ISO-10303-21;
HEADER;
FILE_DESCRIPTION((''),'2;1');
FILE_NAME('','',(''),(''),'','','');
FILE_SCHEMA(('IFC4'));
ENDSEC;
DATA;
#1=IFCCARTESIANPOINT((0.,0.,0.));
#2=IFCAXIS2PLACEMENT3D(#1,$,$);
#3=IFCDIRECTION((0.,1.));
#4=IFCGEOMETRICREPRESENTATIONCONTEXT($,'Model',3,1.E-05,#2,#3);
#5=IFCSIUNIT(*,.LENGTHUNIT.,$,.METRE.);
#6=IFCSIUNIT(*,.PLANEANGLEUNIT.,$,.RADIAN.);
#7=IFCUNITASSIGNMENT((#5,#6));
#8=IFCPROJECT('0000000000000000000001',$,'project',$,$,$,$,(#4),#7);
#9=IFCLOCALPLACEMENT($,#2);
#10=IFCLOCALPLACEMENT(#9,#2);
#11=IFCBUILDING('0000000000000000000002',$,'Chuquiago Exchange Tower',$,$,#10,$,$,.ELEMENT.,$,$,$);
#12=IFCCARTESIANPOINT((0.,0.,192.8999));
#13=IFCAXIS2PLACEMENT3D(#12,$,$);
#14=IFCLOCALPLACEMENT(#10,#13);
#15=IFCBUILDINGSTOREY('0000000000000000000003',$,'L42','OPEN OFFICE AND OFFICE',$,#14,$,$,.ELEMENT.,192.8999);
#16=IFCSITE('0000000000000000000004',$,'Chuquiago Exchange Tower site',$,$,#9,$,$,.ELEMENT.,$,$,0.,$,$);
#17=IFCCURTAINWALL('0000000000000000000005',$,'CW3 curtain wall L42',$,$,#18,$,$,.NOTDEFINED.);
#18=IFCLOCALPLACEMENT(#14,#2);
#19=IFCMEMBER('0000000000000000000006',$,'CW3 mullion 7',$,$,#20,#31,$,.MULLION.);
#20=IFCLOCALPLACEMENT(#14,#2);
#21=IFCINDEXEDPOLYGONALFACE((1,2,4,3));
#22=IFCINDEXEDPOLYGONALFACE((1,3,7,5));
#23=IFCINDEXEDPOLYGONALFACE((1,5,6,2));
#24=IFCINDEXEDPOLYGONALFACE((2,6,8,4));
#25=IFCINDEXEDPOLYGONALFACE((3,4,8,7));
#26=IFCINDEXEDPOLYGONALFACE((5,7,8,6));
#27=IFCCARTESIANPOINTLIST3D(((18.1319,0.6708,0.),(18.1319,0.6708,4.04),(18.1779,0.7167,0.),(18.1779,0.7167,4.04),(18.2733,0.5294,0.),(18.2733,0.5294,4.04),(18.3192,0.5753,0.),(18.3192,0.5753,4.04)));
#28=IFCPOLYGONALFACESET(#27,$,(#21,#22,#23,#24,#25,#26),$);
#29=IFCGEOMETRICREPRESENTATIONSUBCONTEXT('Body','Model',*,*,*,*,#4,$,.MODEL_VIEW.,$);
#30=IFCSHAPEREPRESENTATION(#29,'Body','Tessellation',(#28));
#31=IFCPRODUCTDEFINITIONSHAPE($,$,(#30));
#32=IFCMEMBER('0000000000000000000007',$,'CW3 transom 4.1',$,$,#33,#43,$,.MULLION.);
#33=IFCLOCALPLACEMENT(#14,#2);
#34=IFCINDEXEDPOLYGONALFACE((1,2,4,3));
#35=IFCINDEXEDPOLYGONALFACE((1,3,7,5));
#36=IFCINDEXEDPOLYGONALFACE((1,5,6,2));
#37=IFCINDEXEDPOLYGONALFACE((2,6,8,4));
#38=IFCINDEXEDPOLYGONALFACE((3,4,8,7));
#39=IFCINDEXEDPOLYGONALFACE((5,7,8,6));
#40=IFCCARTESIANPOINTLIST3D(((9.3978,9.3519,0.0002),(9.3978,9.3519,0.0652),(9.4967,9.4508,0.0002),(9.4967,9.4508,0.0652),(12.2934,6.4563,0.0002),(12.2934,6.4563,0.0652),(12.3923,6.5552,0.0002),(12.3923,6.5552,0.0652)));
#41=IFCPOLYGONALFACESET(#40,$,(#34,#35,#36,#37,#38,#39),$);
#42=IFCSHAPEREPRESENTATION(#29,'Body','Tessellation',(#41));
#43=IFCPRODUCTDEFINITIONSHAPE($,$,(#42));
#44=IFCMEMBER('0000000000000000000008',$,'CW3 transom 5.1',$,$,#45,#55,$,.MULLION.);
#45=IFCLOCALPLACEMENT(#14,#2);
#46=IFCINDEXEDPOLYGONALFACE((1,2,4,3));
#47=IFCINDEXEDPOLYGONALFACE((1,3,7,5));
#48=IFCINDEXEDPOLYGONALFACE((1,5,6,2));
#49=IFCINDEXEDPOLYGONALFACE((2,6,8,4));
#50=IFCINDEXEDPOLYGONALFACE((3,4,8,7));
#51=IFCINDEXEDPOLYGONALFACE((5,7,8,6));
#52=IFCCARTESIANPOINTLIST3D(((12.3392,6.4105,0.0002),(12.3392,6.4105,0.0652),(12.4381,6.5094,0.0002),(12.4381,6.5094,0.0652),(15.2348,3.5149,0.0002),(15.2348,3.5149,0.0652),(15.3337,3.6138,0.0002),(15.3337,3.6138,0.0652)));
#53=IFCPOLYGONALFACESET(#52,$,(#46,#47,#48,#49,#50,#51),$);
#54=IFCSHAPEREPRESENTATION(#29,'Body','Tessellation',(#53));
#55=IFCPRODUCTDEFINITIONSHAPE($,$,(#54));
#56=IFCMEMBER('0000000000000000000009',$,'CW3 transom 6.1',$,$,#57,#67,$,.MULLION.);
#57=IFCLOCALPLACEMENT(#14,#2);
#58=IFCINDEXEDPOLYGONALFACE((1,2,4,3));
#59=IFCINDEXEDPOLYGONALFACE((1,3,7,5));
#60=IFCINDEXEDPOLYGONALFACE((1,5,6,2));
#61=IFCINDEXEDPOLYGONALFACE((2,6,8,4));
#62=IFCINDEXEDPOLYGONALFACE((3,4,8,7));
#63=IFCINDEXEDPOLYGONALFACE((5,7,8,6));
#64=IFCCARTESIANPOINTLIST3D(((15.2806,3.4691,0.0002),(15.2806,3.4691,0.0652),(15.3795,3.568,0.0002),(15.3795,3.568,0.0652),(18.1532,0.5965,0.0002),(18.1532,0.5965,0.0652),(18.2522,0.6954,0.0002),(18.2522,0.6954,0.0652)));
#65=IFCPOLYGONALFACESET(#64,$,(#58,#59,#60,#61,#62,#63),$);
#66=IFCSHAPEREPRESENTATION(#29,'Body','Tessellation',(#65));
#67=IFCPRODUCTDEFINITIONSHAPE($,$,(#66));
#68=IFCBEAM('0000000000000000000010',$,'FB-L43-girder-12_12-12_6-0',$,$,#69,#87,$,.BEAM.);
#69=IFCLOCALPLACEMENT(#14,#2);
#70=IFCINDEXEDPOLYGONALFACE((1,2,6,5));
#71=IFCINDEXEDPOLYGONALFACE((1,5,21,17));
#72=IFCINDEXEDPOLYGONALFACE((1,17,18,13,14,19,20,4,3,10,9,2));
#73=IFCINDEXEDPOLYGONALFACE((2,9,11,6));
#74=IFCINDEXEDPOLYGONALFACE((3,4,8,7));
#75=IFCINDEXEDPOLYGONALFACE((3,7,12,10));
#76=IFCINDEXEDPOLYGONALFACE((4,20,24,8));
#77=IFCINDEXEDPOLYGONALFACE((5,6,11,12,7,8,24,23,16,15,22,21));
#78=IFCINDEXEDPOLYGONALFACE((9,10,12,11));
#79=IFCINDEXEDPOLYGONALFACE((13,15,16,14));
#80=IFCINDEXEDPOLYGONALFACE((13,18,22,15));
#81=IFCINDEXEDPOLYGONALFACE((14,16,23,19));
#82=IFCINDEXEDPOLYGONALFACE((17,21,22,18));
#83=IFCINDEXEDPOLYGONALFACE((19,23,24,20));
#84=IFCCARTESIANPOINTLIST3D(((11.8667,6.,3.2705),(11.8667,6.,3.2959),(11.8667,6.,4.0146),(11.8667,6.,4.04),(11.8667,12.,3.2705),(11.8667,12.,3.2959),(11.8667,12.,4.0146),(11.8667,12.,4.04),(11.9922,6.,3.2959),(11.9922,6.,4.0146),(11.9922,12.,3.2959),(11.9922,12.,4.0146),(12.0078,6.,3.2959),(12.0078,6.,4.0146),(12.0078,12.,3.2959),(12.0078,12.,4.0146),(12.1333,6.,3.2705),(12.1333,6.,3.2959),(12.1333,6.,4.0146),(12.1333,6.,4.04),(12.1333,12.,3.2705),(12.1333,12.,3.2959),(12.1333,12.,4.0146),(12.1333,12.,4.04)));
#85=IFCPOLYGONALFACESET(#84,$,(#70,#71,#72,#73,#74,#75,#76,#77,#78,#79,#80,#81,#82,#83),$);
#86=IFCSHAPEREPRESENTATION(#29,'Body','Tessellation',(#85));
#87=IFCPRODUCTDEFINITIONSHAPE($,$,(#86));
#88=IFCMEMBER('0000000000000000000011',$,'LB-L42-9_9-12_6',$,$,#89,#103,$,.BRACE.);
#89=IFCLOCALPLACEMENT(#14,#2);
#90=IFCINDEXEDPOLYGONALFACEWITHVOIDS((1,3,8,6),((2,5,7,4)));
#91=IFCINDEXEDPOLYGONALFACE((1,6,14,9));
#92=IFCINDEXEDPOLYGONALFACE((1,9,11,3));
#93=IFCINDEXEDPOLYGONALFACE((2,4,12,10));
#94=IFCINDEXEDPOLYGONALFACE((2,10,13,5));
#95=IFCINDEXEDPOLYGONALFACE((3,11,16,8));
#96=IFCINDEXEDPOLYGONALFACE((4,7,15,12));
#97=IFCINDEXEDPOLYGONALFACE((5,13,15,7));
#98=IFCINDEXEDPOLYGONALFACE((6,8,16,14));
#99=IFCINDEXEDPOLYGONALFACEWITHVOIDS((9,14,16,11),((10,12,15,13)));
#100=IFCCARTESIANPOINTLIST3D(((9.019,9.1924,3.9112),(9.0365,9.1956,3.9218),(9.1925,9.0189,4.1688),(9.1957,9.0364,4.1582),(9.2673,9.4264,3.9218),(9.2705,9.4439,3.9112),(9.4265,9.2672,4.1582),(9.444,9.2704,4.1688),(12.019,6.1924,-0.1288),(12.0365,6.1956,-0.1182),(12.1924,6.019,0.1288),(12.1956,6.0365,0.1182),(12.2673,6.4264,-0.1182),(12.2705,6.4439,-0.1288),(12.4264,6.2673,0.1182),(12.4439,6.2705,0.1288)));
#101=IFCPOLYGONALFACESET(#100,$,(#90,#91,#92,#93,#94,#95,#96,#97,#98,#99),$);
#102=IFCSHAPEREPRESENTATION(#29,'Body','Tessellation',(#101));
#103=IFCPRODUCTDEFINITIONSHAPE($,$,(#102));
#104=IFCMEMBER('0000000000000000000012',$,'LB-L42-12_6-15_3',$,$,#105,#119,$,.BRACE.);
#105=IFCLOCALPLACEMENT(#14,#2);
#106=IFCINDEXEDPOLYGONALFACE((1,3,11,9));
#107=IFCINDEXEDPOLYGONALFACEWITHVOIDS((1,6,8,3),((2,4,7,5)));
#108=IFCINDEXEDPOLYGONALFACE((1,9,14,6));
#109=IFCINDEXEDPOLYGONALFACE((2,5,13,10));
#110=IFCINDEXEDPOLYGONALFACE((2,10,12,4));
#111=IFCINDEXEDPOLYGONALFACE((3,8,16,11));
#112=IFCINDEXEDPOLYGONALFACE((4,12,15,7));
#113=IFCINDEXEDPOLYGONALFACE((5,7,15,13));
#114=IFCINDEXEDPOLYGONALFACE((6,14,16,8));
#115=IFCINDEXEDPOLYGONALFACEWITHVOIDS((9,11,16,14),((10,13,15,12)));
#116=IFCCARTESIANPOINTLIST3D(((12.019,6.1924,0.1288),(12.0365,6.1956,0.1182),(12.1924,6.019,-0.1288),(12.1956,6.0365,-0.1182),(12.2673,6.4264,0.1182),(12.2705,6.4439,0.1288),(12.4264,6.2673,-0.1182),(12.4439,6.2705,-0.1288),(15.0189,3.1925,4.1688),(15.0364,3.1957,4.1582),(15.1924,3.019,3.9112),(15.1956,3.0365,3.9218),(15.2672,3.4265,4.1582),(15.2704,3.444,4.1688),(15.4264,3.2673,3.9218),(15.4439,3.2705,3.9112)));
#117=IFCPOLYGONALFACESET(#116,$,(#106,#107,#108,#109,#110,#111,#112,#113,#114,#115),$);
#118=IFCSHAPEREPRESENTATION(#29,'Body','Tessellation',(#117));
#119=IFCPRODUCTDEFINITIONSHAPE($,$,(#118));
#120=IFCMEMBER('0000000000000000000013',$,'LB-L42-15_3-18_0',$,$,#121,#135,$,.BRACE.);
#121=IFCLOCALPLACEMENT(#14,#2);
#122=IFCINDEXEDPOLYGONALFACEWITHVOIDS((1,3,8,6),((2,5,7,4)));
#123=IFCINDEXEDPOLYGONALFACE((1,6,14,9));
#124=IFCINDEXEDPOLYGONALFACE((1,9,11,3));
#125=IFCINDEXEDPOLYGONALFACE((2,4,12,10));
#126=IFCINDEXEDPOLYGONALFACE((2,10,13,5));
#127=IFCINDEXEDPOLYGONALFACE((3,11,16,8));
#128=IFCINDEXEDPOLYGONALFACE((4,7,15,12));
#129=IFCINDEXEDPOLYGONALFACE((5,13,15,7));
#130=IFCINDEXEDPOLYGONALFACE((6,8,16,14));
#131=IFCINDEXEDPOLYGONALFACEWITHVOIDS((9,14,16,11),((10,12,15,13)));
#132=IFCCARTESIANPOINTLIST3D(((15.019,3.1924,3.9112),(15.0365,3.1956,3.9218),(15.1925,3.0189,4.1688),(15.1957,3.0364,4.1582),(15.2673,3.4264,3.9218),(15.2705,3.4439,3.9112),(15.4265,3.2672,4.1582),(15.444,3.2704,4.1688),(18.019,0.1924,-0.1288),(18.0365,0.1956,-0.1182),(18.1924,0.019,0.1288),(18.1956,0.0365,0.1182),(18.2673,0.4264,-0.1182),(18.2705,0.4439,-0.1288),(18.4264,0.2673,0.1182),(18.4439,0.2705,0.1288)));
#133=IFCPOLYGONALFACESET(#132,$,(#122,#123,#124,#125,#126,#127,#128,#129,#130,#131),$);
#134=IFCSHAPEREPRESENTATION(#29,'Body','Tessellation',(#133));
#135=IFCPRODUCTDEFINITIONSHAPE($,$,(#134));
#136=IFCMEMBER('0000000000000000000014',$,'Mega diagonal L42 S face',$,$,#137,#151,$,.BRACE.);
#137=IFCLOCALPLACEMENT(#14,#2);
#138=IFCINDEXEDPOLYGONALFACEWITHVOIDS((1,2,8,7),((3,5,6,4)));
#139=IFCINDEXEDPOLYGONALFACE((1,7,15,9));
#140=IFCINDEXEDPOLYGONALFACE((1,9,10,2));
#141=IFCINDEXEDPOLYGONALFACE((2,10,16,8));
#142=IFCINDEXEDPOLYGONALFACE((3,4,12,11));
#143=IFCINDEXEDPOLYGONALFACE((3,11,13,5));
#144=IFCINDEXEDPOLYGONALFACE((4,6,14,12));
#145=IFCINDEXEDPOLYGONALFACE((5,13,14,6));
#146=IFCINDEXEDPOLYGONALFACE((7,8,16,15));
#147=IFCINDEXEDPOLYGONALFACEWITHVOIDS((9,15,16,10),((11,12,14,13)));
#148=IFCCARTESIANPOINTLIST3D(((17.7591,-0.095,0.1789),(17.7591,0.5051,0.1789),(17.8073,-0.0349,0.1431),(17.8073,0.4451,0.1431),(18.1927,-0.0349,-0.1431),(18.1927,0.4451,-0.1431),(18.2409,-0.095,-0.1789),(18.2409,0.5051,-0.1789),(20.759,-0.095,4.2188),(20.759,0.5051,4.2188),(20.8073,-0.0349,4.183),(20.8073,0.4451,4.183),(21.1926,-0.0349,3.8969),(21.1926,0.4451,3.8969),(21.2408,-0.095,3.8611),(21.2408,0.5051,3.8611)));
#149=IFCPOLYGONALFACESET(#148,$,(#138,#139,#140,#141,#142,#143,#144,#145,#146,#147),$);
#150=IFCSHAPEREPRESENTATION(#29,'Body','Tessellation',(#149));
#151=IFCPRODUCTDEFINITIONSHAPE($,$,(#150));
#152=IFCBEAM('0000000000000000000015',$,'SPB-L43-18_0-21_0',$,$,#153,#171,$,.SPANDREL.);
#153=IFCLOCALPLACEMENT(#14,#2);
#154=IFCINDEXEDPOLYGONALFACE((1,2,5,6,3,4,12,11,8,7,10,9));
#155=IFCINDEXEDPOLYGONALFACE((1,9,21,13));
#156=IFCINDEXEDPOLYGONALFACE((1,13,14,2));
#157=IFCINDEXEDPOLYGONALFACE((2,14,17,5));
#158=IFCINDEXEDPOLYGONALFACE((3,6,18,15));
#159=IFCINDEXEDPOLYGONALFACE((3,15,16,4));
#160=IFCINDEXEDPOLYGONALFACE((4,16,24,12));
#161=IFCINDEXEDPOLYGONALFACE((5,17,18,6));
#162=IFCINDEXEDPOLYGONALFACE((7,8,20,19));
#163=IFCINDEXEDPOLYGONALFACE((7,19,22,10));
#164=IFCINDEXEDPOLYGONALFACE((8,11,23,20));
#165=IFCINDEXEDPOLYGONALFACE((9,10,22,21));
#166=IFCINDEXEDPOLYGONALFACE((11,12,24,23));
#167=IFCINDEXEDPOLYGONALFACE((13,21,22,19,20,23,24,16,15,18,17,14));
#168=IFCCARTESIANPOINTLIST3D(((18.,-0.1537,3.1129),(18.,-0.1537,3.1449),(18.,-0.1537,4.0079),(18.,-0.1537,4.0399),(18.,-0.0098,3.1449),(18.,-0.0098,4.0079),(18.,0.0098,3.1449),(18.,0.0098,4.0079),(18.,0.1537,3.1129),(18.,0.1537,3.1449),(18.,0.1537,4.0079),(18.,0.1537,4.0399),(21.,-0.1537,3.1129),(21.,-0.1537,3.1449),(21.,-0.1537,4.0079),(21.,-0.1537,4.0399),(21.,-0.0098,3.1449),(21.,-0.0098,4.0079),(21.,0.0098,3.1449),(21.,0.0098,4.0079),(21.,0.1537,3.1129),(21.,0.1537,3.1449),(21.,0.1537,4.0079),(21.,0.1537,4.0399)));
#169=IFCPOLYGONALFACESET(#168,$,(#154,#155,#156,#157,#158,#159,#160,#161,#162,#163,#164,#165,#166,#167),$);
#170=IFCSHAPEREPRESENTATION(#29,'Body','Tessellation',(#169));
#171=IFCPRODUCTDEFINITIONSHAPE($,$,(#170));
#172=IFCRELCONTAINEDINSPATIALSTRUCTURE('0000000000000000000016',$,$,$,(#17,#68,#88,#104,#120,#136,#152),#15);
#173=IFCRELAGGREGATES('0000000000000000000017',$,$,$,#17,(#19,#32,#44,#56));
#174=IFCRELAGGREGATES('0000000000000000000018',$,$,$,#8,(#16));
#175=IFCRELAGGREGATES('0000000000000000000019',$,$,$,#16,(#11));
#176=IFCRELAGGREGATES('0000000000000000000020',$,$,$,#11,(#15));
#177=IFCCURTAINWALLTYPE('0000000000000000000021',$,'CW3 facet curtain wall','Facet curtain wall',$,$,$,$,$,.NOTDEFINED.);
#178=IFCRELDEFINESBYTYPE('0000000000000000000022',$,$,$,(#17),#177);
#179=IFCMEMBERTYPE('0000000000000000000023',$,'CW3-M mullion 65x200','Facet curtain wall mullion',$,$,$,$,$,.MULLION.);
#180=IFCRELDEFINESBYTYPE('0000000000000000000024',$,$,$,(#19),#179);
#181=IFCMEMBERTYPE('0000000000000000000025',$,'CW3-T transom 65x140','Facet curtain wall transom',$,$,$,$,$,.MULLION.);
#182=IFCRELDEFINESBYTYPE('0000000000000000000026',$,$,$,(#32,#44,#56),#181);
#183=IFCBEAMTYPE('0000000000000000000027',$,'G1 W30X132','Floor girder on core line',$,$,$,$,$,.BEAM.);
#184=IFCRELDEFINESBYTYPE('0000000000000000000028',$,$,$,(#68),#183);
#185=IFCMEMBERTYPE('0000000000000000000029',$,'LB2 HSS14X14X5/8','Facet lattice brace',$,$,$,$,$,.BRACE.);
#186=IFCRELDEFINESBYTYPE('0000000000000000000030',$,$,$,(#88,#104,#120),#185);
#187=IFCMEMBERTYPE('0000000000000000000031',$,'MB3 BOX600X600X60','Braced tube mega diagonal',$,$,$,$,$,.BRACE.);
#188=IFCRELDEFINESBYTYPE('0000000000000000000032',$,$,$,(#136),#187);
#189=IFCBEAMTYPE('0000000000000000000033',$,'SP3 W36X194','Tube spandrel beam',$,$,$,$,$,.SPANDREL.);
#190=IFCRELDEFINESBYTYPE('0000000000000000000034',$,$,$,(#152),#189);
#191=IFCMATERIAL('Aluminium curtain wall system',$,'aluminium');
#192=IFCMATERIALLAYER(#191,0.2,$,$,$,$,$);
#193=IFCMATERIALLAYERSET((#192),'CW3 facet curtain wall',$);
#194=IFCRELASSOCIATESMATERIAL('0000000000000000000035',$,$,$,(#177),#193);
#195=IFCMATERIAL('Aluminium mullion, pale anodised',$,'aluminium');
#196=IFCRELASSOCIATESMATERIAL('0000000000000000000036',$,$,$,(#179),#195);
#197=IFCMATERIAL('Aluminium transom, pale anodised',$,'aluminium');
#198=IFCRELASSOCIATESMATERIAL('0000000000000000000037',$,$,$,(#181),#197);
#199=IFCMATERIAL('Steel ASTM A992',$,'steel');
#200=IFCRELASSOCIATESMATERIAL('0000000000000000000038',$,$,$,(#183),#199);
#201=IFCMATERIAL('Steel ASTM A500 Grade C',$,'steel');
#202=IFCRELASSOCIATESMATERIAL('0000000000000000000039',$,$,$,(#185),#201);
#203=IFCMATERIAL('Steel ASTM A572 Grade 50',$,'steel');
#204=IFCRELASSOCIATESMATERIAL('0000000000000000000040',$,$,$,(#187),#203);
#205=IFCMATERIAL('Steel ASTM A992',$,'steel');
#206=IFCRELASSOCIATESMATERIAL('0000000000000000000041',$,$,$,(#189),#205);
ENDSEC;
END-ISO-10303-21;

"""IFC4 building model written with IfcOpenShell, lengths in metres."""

from ifc_helpers import new_model, si_unit, direction, frame, origin, origin_2d, place, context, subcontext, project, spatial, rectangle, hollow_rectangle, i_section, extrude, material, layer, layer_set, material_profile, profile_set, type_object, element, aggregate, save


model = new_model("IFC4")

# Units and contexts
model_context = context("Model", 3, precision=1e-05, world=origin(), true_north=direction((0.0, 1.0)))
body_context = subcontext(model_context, "Body", "Model", "MODEL_VIEW")
ifc_project = project(units=[si_unit("LENGTHUNIT", "METRE"), si_unit("PLANEANGLEUNIT", "RADIAN")], contexts=[model_context])

# Site, building, storey
site_placement = place(None, origin())
site = spatial("IfcSite", under=ifc_project, at=site_placement, Name="Chuquiago Exchange Tower site", CompositionType="ELEMENT", RefElevation=0.0)
building_placement = place(site_placement, origin())
building = spatial("IfcBuilding", under=site, at=building_placement, Name="Chuquiago Exchange Tower", CompositionType="ELEMENT")
storey_placement = place(building_placement, frame((0.0, 0.0, 192.8999)))
storey = spatial("IfcBuildingStorey", under=building, at=storey_placement, Name="L42", Description="OPEN OFFICE AND OFFICE", CompositionType="ELEMENT", Elevation=192.8999)

# Curtain wall, members
ifc_material_1 = material(Name="Aluminium curtain wall system", Category="aluminium")
ifc_layer_1 = layer(ifc_material_1, 0.2)
ifc_layer_set_1 = layer_set([ifc_layer_1], Name="CW3 facet curtain wall")
curtain_wall_type = type_object("IfcCurtainWallType", Name="CW3 facet curtain wall", Description="Facet curtain wall", PredefinedType="NOTDEFINED", material=ifc_layer_set_1)
curtain_wall_placement = place(storey_placement, origin())
curtain_wall = element("IfcCurtainWall", 1, at=curtain_wall_placement, inside=storey, type_object=curtain_wall_type, Name="CW3 curtain wall L42", PredefinedType="NOTDEFINED")
ifc_material_2 = material(Name="Aluminium mullion, pale anodised", Category="aluminium")
ifc_material_profile_1 = material_profile(ifc_material_2, rectangle(XDim=0.0649, YDim=0.2, at=origin_2d()), Name="AL 65x200")
ifc_profile_set_1 = profile_set([ifc_material_profile_1], Name="Aluminium mullion, pale anodised")
member_type_1 = type_object("IfcMemberType", Name="CW3-M mullion 65x200", Description="Facet curtain wall mullion", PredefinedType="MULLION", material=ifc_profile_set_1)
member_1_placement = place(storey_placement, frame((18.2256, 0.623, 0.0), z_axis=(0.0, 0.0, 1.0), x_axis=(0.707107, 0.707107, 0.0)))
member_1 = element("IfcMember", 2, at=member_1_placement, type_object=member_type_1, Name="CW3 mullion 7", PredefinedType="MULLION", context=body_context, shape_type="SweptSolid", body=[
    extrude(rectangle(XDim=0.0649, YDim=0.2, at=origin_2d()), origin(), (0.0, 0.0, 1.0), 4.04),
])
ifc_material_3 = material(Name="Aluminium transom, pale anodised", Category="aluminium")
ifc_material_profile_2 = material_profile(ifc_material_3, rectangle(XDim=0.1399, YDim=0.0649, at=origin_2d()), Name="AL 140x65")
ifc_profile_set_2 = profile_set([ifc_material_profile_2], Name="Aluminium transom, pale anodised")
member_type_2 = type_object("IfcMemberType", Name="CW3-T transom 65x140", Description="Facet curtain wall transom", PredefinedType="MULLION", material=ifc_profile_set_2)
member_2_placement = place(storey_placement, frame((9.4473, 9.4014, 0.0327), z_axis=(0.707107, -0.707107, 0.0), x_axis=(0.707107, 0.707107, 0.0)))
member_2 = element("IfcMember", 3, at=member_2_placement, type_object=member_type_2, Name="CW3 transom 4.1", PredefinedType="MULLION", context=body_context, shape_type="SweptSolid", body=[
    extrude(rectangle(XDim=0.1399, YDim=0.0649, at=origin_2d()), origin(), (0.0, 0.0, 1.0), 4.095),
])
member_3_placement = place(storey_placement, frame((12.3887, 6.46, 0.0327), z_axis=(0.707107, -0.707107, 0.0), x_axis=(0.707107, 0.707107, 0.0)))
member_3 = element("IfcMember", 4, at=member_3_placement, type_object=member_type_2, Name="CW3 transom 5.1", PredefinedType="MULLION", context=body_context, shape_type="SweptSolid", body=[
    extrude(rectangle(XDim=0.1399, YDim=0.0649, at=origin_2d()), origin(), (0.0, 0.0, 1.0), 4.095),
])
member_4_placement = place(storey_placement, frame((15.3301, 3.5186, 0.0327), z_axis=(0.707107, -0.707107, 0.0), x_axis=(0.707107, 0.707107, 0.0)))
member_4 = element("IfcMember", 5, at=member_4_placement, type_object=member_type_2, Name="CW3 transom 6.1", PredefinedType="MULLION", context=body_context, shape_type="SweptSolid", body=[
    extrude(rectangle(XDim=0.1399, YDim=0.0649, at=origin_2d()), origin(), (0.0, 0.0, 1.0), 4.0625),
])

# Beam
ifc_material_4 = material(Name="Steel ASTM A992", Category="steel")
ifc_material_profile_3 = material_profile(ifc_material_4, i_section(OverallWidth=0.2666, OverallDepth=0.7695, WebThickness=0.0156, FlangeThickness=0.0254, at=origin_2d()), Name="W30X132")
ifc_profile_set_3 = profile_set([ifc_material_profile_3], Name="Steel ASTM A992")
beam_type_1 = type_object("IfcBeamType", Name="G1 W30X132", Description="Floor girder on core line", PredefinedType="BEAM", material=ifc_profile_set_3)
beam_1_placement = place(storey_placement, frame((12.0, 12.0, 3.6553), z_axis=(0.0, -1.0, 0.0), x_axis=(1.0, 0.0, 0.0)))
element("IfcBeam", 6, at=beam_1_placement, inside=storey, type_object=beam_type_1, Name="FB-L43-girder-12_12-12_6-0", PredefinedType="BEAM", context=body_context, shape_type="SweptSolid", body=[
    extrude(i_section(OverallWidth=0.2666, OverallDepth=0.7695, WebThickness=0.0156, FlangeThickness=0.0254, at=origin_2d()), origin(), (0.0, 0.0, 1.0), 6.0),
])

# Members
ifc_material_5 = material(Name="Steel ASTM A500 Grade C", Category="steel")
ifc_material_profile_4 = material_profile(ifc_material_5, hollow_rectangle(XDim=0.3557, YDim=0.3557, WallThickness=0.0146, at=origin_2d()), Name="HSS14X14X5/8")
ifc_profile_set_4 = profile_set([ifc_material_profile_4], Name="Steel ASTM A500 Grade C")
member_type_3 = type_object("IfcMemberType", Name="LB2 HSS14X14X5/8", Description="Facet lattice brace", PredefinedType="BRACE", material=ifc_profile_set_4)
for number, where, z_axis, x_axis, name in (
    (7, (12.2314, 6.2314, 0.0), (-0.512077, 0.512077, 0.689604), (-0.707107, -0.707107, 0.0), "LB-L42-9_9-12_6"),
    (8, (12.2314, 6.2314, 0.0), (0.512077, -0.512077, 0.689604), (0.707107, 0.707107, 0.0), "LB-L42-12_6-15_3"),
    (9, (18.2314, 0.2314, 0.0), (-0.512077, 0.512077, 0.689604), (-0.707107, -0.707107, 0.0), "LB-L42-15_3-18_0"),
):
    element("IfcMember", number, at=place(storey_placement, frame(where, z_axis=z_axis, x_axis=x_axis)), inside=storey, type_object=member_type_3, Name=name, PredefinedType="BRACE", context=body_context, shape_type="SweptSolid", body=[
        extrude(hollow_rectangle(XDim=0.3557, YDim=0.3557, WallThickness=0.0146, at=origin_2d()), origin(), (0.0, 0.0, 1.0), 5.8584),
    ])
ifc_material_6 = material(Name="Steel ASTM A572 Grade 50", Category="steel")
ifc_material_profile_5 = material_profile(ifc_material_6, hollow_rectangle(XDim=0.6001, YDim=0.6001, WallThickness=0.0601, at=origin_2d()), Name="BOX600X600X60")
ifc_profile_set_5 = profile_set([ifc_material_profile_5], Name="Steel ASTM A572 Grade 50")
member_type_4 = type_object("IfcMemberType", Name="MB3 BOX600X600X60", Description="Braced tube mega diagonal", PredefinedType="BRACE", material=ifc_profile_set_5)
member_5_placement = place(storey_placement, frame((18.0, 0.2051, 0.0), z_axis=(0.596174, 0.0, 0.802855), x_axis=(0.0, 1.0, 0.0)))
element("IfcMember", 10, at=member_5_placement, inside=storey, type_object=member_type_4, Name="Mega diagonal L42 S face", PredefinedType="BRACE", context=body_context, shape_type="SweptSolid", body=[
    extrude(hollow_rectangle(XDim=0.6001, YDim=0.6001, WallThickness=0.0601, at=origin_2d()), origin(), (0.0, 0.0, 1.0), 5.032),
])

# Beam
ifc_material_7 = material(Name="Steel ASTM A992", Category="steel")
ifc_material_profile_6 = material_profile(ifc_material_7, i_section(OverallWidth=0.3074, OverallDepth=0.927, WebThickness=0.0195, FlangeThickness=0.032, at=origin_2d()), Name="W36X194")
ifc_profile_set_6 = profile_set([ifc_material_profile_6], Name="Steel ASTM A992")
beam_type_2 = type_object("IfcBeamType", Name="SP3 W36X194", Description="Tube spandrel beam", PredefinedType="SPANDREL", material=ifc_profile_set_6)
beam_2_placement = place(storey_placement, frame((18.0, 0.0, 3.5764), z_axis=(1.0, 0.0, 0.0), x_axis=(0.0, 1.0, 0.0)))
element("IfcBeam", 11, at=beam_2_placement, inside=storey, type_object=beam_type_2, Name="SPB-L43-18_0-21_0", PredefinedType="SPANDREL", context=body_context, shape_type="SweptSolid", body=[
    extrude(i_section(OverallWidth=0.3074, OverallDepth=0.927, WebThickness=0.0195, FlangeThickness=0.032, at=origin_2d()), origin(), (0.0, 0.0, 1.0), 3.0),
])

aggregate(curtain_wall, [member_1, member_2, member_3, member_4])

save(model, "model.ifc")
